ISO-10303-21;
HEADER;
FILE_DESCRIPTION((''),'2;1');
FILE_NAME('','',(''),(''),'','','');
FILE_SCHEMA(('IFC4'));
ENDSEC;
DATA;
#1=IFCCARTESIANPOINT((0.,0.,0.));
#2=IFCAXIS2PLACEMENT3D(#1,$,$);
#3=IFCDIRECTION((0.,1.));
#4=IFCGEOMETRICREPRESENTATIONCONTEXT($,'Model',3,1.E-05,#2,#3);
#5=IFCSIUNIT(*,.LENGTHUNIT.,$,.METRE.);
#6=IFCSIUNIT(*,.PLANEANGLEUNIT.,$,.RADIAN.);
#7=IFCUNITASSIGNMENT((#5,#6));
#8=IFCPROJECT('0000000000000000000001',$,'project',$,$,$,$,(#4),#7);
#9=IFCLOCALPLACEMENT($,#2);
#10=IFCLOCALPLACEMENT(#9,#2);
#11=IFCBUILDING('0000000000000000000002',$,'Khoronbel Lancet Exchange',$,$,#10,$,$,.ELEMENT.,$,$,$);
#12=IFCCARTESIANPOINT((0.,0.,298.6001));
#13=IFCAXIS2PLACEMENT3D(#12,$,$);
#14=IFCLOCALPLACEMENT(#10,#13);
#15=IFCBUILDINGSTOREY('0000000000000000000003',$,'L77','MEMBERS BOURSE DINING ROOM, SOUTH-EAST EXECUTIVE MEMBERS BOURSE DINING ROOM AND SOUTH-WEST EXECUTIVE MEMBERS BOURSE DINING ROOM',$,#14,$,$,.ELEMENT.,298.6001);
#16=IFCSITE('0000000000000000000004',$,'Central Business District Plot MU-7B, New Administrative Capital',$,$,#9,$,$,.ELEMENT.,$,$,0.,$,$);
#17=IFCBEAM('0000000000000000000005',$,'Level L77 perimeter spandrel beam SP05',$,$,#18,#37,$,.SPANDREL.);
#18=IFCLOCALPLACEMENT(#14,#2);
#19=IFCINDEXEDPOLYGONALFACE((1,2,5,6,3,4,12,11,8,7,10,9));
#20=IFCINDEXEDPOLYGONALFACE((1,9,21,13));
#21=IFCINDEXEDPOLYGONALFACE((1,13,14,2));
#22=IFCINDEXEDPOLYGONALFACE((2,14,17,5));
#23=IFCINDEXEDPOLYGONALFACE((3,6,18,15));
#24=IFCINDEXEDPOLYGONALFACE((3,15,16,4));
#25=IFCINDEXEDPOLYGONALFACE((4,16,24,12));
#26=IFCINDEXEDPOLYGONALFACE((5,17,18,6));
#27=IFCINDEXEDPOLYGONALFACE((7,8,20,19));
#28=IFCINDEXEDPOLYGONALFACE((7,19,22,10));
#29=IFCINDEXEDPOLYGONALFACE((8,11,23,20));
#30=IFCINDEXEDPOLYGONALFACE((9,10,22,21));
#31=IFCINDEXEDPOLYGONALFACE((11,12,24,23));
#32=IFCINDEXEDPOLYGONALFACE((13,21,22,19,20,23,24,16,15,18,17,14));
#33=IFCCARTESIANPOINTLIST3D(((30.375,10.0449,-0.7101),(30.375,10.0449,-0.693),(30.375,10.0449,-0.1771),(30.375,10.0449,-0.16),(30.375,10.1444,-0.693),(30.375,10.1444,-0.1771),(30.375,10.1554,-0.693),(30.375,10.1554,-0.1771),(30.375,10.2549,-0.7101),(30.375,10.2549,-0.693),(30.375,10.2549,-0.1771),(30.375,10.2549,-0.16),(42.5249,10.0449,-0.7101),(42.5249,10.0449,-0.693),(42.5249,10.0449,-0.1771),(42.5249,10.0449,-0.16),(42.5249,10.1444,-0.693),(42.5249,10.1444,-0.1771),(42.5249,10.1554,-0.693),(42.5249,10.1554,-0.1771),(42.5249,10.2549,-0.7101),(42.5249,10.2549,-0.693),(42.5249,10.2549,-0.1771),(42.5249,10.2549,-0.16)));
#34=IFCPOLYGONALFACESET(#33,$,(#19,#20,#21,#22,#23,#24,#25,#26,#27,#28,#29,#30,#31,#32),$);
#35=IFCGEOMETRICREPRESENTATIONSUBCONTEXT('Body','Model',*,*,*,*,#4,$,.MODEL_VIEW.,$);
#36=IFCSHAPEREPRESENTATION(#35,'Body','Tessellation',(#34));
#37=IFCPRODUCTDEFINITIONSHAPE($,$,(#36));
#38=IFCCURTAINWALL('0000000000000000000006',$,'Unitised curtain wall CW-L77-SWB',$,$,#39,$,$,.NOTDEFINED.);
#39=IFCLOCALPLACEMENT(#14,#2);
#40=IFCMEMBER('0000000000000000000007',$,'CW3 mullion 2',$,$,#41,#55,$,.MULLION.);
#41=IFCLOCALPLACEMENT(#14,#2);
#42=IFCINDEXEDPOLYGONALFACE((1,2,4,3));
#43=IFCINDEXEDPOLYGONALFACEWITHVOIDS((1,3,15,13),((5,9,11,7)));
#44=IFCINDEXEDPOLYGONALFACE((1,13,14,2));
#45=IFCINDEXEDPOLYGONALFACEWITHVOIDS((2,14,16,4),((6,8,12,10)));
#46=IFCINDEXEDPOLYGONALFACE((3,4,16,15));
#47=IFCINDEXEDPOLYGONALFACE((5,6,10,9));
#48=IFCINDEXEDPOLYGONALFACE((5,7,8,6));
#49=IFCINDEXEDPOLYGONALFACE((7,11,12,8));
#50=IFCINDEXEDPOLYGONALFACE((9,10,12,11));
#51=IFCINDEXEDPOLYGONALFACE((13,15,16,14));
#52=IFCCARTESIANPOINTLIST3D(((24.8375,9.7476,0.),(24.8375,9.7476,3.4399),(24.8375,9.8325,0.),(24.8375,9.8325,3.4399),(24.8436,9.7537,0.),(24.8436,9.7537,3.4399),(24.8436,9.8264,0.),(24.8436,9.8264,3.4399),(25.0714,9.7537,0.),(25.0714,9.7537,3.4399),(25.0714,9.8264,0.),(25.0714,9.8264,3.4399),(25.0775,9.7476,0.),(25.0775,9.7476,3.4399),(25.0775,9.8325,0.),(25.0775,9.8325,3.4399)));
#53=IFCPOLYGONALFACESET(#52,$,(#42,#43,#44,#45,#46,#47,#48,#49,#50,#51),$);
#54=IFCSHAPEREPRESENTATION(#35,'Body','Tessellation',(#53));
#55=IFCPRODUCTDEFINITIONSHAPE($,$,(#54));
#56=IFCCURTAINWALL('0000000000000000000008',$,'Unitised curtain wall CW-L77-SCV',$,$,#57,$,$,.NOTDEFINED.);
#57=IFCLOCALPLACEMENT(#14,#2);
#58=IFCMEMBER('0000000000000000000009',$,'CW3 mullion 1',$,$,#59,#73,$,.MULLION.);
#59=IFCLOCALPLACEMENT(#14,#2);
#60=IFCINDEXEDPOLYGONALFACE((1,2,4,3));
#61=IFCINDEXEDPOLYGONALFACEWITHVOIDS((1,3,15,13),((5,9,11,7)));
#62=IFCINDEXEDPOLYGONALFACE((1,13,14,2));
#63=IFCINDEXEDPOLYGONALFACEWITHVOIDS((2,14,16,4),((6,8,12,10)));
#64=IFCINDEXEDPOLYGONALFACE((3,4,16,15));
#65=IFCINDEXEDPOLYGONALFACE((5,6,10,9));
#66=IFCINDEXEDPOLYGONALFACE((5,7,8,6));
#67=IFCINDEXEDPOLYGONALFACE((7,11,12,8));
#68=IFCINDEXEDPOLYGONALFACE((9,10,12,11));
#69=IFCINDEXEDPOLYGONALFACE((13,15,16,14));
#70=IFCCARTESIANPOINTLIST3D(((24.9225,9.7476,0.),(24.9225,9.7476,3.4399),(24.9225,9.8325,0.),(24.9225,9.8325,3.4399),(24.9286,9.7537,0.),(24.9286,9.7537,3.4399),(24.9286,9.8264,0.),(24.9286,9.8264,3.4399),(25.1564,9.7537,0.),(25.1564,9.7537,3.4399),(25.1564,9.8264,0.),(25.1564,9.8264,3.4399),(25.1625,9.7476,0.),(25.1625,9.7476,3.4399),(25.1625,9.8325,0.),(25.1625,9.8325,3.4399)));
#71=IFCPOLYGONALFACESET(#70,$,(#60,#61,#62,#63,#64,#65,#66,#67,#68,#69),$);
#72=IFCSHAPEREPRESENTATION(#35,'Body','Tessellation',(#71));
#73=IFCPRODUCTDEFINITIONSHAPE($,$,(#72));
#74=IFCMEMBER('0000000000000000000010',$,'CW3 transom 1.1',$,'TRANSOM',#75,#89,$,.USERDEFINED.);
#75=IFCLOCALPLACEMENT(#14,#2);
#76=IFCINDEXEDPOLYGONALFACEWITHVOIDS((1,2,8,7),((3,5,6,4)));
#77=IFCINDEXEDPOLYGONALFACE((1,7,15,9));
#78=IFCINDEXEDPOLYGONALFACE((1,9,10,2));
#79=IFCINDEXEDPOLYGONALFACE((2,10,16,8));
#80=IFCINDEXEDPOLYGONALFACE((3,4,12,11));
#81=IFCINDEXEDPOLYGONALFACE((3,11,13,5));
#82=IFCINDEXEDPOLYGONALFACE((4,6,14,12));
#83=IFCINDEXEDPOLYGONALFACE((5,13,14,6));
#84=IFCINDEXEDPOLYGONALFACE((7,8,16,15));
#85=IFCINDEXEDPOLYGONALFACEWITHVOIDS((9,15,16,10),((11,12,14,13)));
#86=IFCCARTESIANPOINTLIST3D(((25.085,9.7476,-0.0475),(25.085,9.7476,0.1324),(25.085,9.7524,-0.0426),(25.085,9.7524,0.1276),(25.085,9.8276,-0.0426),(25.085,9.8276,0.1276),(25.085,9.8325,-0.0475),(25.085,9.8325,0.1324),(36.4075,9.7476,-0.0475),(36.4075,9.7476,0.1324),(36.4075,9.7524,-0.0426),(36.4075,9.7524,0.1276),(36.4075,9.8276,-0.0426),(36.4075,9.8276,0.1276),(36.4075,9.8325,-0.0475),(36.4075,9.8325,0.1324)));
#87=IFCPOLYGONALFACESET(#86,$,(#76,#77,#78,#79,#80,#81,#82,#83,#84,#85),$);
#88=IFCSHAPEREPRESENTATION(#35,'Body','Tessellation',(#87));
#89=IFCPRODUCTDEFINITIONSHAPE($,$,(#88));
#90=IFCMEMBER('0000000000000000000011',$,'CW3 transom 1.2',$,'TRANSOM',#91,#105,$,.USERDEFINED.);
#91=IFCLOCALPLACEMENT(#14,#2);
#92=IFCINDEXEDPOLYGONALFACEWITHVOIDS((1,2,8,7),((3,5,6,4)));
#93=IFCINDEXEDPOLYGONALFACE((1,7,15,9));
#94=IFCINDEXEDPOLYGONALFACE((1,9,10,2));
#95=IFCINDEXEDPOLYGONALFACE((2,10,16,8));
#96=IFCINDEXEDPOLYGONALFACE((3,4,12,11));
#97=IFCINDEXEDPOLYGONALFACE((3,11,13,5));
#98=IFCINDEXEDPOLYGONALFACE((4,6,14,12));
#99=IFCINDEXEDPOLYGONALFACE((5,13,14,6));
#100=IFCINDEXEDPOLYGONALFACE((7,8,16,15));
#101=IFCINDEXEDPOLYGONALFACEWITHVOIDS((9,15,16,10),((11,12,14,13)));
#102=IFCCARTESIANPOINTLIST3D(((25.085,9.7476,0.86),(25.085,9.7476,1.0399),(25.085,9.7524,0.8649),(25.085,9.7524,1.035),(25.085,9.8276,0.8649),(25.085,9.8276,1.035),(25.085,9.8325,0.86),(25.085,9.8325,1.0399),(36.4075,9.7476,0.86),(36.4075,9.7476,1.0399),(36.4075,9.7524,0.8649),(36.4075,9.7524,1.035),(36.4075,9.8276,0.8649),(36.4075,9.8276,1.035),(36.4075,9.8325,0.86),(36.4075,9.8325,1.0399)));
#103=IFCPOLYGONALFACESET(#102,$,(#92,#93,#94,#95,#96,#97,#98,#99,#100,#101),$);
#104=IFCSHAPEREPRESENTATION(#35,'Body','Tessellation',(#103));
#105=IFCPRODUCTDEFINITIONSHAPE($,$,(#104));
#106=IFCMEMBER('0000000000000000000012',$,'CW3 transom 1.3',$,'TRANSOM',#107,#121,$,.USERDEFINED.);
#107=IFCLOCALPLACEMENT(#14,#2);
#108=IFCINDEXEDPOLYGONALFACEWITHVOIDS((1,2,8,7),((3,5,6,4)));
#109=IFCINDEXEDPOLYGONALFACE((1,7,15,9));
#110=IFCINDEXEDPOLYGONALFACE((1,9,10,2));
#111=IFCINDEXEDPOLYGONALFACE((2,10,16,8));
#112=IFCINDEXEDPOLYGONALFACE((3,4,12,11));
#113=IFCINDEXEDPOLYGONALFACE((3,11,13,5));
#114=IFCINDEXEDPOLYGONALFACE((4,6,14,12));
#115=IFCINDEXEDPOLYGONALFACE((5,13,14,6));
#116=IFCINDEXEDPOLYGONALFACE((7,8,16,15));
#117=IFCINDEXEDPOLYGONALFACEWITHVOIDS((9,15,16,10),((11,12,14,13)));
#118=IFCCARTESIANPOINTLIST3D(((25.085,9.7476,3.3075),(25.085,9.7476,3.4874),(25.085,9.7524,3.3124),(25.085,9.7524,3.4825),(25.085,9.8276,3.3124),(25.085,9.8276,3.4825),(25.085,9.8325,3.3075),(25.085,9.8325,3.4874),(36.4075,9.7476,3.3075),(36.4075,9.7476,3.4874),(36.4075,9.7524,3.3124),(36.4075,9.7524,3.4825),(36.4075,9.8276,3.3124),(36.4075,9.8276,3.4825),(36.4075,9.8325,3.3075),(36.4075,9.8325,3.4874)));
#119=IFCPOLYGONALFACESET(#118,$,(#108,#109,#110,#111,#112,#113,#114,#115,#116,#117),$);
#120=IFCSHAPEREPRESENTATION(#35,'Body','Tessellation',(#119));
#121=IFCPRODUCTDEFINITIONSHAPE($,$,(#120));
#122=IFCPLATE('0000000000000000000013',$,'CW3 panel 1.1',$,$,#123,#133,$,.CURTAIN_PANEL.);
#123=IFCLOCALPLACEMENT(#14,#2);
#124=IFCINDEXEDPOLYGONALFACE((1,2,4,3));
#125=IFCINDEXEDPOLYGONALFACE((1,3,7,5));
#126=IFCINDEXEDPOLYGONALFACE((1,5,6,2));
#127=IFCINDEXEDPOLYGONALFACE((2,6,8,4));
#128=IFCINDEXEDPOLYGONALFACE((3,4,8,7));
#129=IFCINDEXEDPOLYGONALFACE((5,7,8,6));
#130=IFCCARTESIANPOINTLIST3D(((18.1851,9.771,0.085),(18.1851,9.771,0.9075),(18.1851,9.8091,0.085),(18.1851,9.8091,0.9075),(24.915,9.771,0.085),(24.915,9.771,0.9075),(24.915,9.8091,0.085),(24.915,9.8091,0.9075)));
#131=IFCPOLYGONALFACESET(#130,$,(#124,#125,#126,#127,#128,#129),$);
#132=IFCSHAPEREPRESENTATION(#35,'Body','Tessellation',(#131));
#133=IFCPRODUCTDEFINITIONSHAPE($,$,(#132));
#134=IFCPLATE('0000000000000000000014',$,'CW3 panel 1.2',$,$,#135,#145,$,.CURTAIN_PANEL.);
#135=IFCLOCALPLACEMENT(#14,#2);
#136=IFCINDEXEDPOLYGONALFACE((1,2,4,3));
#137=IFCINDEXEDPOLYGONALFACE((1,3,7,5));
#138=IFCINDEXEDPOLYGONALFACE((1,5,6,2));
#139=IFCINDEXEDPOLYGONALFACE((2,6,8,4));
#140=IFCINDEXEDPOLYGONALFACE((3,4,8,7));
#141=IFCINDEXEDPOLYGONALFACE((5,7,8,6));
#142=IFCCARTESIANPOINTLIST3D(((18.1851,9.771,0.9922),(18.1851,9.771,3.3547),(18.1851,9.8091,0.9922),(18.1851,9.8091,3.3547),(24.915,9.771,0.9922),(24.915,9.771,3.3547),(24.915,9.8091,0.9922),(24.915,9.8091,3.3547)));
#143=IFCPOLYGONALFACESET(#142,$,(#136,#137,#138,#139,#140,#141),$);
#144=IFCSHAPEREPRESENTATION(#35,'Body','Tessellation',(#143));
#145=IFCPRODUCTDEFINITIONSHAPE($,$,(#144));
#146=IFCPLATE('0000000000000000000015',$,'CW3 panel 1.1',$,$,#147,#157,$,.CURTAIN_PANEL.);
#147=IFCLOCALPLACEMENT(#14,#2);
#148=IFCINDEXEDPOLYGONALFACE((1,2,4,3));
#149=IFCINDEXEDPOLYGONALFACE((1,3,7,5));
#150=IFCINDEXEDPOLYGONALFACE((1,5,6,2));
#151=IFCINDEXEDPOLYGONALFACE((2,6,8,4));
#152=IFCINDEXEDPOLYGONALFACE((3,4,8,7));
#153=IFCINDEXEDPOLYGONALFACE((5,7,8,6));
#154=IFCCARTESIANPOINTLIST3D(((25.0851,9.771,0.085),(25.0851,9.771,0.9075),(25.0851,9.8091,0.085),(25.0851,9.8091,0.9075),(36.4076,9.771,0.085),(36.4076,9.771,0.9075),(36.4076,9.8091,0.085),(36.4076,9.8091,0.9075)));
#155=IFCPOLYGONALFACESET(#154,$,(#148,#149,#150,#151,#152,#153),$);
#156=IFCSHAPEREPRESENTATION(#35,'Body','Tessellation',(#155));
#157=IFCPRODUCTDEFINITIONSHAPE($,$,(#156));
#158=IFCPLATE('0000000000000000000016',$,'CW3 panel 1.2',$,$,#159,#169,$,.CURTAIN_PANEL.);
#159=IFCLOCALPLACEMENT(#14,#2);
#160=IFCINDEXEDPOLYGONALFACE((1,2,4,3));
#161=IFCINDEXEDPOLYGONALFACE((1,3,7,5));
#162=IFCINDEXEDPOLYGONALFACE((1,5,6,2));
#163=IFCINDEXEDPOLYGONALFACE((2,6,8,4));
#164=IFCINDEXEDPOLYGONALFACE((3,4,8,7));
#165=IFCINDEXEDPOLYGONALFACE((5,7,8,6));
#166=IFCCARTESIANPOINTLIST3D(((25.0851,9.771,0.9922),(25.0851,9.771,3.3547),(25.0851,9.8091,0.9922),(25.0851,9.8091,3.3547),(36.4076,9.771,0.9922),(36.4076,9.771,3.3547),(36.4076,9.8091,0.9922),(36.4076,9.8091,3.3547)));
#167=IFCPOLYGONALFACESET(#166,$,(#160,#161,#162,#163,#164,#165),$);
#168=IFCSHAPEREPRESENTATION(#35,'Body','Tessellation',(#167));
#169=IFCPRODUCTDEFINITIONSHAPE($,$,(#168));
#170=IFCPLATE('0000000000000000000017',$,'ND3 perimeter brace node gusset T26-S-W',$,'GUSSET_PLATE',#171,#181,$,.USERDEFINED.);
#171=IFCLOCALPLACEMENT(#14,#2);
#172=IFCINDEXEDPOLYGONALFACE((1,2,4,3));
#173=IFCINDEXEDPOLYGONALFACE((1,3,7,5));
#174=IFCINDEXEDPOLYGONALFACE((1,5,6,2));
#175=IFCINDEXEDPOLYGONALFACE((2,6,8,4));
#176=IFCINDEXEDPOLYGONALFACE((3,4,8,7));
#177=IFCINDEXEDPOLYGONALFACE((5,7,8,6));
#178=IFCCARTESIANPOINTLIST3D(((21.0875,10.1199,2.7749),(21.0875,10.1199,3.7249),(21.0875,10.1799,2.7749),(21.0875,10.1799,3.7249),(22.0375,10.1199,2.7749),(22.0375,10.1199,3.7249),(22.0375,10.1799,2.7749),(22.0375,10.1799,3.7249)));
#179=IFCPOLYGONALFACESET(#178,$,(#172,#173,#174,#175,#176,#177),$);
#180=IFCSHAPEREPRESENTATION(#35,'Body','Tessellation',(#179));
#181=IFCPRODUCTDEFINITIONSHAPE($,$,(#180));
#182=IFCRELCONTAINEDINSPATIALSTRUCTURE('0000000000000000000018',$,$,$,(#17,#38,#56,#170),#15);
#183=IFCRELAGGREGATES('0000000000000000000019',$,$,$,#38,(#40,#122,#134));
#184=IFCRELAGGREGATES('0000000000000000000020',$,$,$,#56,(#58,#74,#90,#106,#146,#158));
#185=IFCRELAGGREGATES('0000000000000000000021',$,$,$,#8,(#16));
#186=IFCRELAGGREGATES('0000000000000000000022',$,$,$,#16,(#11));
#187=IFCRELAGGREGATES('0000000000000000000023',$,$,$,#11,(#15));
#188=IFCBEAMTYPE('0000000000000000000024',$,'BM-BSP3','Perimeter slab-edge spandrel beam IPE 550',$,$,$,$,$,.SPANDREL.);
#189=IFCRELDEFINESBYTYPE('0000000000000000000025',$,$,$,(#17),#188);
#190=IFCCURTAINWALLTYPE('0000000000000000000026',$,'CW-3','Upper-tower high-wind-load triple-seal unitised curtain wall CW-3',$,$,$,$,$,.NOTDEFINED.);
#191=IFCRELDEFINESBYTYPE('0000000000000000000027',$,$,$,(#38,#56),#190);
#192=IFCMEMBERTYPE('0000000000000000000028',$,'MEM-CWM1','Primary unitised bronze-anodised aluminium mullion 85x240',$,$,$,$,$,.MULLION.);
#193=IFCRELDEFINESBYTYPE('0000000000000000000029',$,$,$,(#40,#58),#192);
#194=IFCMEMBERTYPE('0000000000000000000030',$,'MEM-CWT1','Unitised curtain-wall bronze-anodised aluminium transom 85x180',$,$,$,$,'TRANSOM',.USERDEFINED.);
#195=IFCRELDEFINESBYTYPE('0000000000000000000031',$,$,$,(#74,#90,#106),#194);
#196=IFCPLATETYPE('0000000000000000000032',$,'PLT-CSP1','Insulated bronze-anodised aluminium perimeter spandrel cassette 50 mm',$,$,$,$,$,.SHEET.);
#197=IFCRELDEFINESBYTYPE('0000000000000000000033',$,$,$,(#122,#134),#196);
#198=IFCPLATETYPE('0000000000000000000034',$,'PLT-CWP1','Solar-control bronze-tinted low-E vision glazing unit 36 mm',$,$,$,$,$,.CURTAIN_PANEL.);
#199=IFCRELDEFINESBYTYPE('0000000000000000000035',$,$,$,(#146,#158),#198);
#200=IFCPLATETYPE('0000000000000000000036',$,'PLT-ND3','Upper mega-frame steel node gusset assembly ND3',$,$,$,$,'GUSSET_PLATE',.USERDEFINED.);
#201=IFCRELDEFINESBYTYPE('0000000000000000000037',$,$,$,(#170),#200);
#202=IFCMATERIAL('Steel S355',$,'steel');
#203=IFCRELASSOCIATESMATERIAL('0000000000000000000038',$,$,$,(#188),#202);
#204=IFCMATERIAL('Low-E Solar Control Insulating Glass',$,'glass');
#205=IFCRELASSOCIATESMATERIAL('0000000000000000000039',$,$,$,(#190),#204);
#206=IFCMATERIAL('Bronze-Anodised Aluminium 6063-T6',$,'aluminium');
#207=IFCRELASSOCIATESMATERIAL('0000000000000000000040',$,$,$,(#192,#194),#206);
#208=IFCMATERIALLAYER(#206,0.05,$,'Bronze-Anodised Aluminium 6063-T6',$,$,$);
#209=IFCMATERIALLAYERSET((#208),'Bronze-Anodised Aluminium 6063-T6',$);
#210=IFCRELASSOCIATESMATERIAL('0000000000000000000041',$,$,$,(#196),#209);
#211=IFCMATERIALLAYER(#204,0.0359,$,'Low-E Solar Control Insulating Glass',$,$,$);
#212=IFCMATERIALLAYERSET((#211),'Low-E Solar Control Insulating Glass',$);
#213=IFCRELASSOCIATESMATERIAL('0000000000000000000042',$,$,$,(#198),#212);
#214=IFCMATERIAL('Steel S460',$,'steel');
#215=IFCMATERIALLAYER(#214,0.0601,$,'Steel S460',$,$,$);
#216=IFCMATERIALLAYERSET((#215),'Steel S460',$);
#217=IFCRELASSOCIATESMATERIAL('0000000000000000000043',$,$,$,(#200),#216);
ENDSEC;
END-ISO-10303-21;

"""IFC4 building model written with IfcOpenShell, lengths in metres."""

from ifc_helpers import new_model, si_unit, direction, frame, origin, origin_2d, place, context, subcontext, project, spatial, rectangle, hollow_rectangle, i_section, extrude, material, layer, layer_set, material_profile, profile_set, type_object, element, aggregate, save


model = new_model("IFC4")

# Units and contexts
model_context = context("Model", 3, precision=1e-05, world=origin(), true_north=direction((0.0, 1.0)))
body_context = subcontext(model_context, "Body", "Model", "MODEL_VIEW")
ifc_project = project(units=[si_unit("LENGTHUNIT", "METRE"), si_unit("PLANEANGLEUNIT", "RADIAN")], contexts=[model_context])

# Site, building, storey
site_placement = place(None, origin())
site = spatial("IfcSite", under=ifc_project, at=site_placement, Name="Central Business District Plot MU-7B, New Administrative Capital", CompositionType="ELEMENT", RefElevation=0.0)
building_placement = place(site_placement, origin())
building = spatial("IfcBuilding", under=site, at=building_placement, Name="Khoronbel Lancet Exchange", CompositionType="ELEMENT")
storey_placement = place(building_placement, frame((0.0, 0.0, 298.6001)))
storey = spatial("IfcBuildingStorey", under=building, at=storey_placement, Name="L77", Description="MEMBERS BOURSE DINING ROOM, SOUTH-EAST EXECUTIVE MEMBERS BOURSE DINING ROOM AND SOUTH-WEST EXECUTIVE MEMBERS BOURSE DINING ROOM", CompositionType="ELEMENT", Elevation=298.6001)

# Shared definitions
ifc_material_1 = material(Name="Steel S460", Category="steel")

# Beam
ifc_material_2 = material(Name="Steel S355", Category="steel")
ifc_material_profile_1 = material_profile(ifc_material_2, i_section(OverallWidth=0.21, OverallDepth=0.55, WebThickness=0.011, FlangeThickness=0.0171, at=origin_2d()), Name="IPE 550")
ifc_profile_set_1 = profile_set([ifc_material_profile_1], Name="Steel S355")
beam_type_1 = type_object("IfcBeamType", Name="BM-BSP3", Description="Perimeter slab-edge spandrel beam IPE 550", PredefinedType="SPANDREL", material=ifc_profile_set_1)
beam_1_placement = place(storey_placement, frame((30.375, 10.1499, -0.4351), z_axis=(1.0, 0.0, 0.0), x_axis=(0.0, 1.0, 0.0)))
element("IfcBeam", 1, at=beam_1_placement, inside=storey, type_object=beam_type_1, Name="Level L77 perimeter spandrel beam SP05", PredefinedType="SPANDREL", context=body_context, shape_type="SweptSolid", body=[
    extrude(i_section(OverallWidth=0.21, OverallDepth=0.55, WebThickness=0.011, FlangeThickness=0.0171, at=origin_2d()), origin(), (0.0, 0.0, 1.0), 12.1499),
])

# Curtain wall, member
ifc_material_3 = material(Name="Low-E Solar Control Insulating Glass", Category="glass")
curtain_wall_type = type_object("IfcCurtainWallType", Name="CW-3", Description="Upper-tower high-wind-load triple-seal unitised curtain wall CW-3", PredefinedType="NOTDEFINED", material=ifc_material_3)
curtain_wall_1_placement = place(storey_placement, origin())
curtain_wall_1 = element("IfcCurtainWall", 2, at=curtain_wall_1_placement, inside=storey, type_object=curtain_wall_type, Name="Unitised curtain wall CW-L77-SWB", PredefinedType="NOTDEFINED")
ifc_material_4 = material(Name="Bronze-Anodised Aluminium 6063-T6", Category="aluminium")
ifc_material_profile_2 = material_profile(ifc_material_4, hollow_rectangle(XDim=0.085, YDim=0.24, WallThickness=0.0061, at=origin_2d()), Name="ALU MULLION 85x240")
ifc_profile_set_2 = profile_set([ifc_material_profile_2], Name="Bronze-Anodised Aluminium 6063-T6")
member_type_1 = type_object("IfcMemberType", Name="MEM-CWM1", Description="Primary unitised bronze-anodised aluminium mullion 85x240", PredefinedType="MULLION", material=ifc_profile_set_2)
member_1_placement = place(storey_placement, frame((24.9575, 9.79, 0.0), z_axis=(0.0, 0.0, 1.0), x_axis=(0.0, 1.0, 0.0)))
member_1 = element("IfcMember", 3, at=member_1_placement, type_object=member_type_1, Name="CW3 mullion 2", PredefinedType="MULLION", context=body_context, shape_type="SweptSolid", body=[
    extrude(hollow_rectangle(XDim=0.085, YDim=0.24, WallThickness=0.0061, at=origin_2d()), origin(), (0.0, 0.0, 1.0), 3.4399),
])

# Curtain wall, members
curtain_wall_2_placement = place(storey_placement, origin())
curtain_wall_2 = element("IfcCurtainWall", 4, at=curtain_wall_2_placement, inside=storey, type_object=curtain_wall_type, Name="Unitised curtain wall CW-L77-SCV", PredefinedType="NOTDEFINED")
member_2_placement = place(storey_placement, frame((25.0425, 9.79, 0.0), z_axis=(0.0, 0.0, 1.0), x_axis=(0.0, 1.0, 0.0)))
member_2 = element("IfcMember", 5, at=member_2_placement, type_object=member_type_1, Name="CW3 mullion 1", PredefinedType="MULLION", context=body_context, shape_type="SweptSolid", body=[
    extrude(hollow_rectangle(XDim=0.085, YDim=0.24, WallThickness=0.0061, at=origin_2d()), origin(), (0.0, 0.0, 1.0), 3.4399),
])
ifc_material_profile_3 = material_profile(ifc_material_4, hollow_rectangle(XDim=0.085, YDim=0.1799, WallThickness=0.0049, at=origin_2d()), Name="ALU TRANSOM 85x180")
ifc_profile_set_3 = profile_set([ifc_material_profile_3], Name="Bronze-Anodised Aluminium 6063-T6")
member_type_2 = type_object("IfcMemberType", Name="MEM-CWT1", Description="Unitised curtain-wall bronze-anodised aluminium transom 85x180", ElementType="TRANSOM", PredefinedType="USERDEFINED", material=ifc_profile_set_3)
member_3_placement = place(storey_placement, frame((25.085, 9.79, 0.0425), z_axis=(1.0, 0.0, 0.0), x_axis=(0.0, 1.0, 0.0)))
member_3 = element("IfcMember", 6, at=member_3_placement, type_object=member_type_2, Name="CW3 transom 1.1", ObjectType="TRANSOM", PredefinedType="USERDEFINED", context=body_context, shape_type="SweptSolid", body=[
    extrude(hollow_rectangle(XDim=0.085, YDim=0.1799, WallThickness=0.0049, at=origin_2d()), origin(), (0.0, 0.0, 1.0), 11.3225),
])
member_4_placement = place(storey_placement, frame((25.085, 9.79, 0.95), z_axis=(1.0, 0.0, 0.0), x_axis=(0.0, 1.0, 0.0)))
member_4 = element("IfcMember", 7, at=member_4_placement, type_object=member_type_2, Name="CW3 transom 1.2", ObjectType="TRANSOM", PredefinedType="USERDEFINED", context=body_context, shape_type="SweptSolid", body=[
    extrude(hollow_rectangle(XDim=0.085, YDim=0.1799, WallThickness=0.0049, at=origin_2d()), origin(), (0.0, 0.0, 1.0), 11.3225),
])
member_5_placement = place(storey_placement, frame((25.085, 9.79, 3.3975), z_axis=(1.0, 0.0, 0.0), x_axis=(0.0, 1.0, 0.0)))
member_5 = element("IfcMember", 8, at=member_5_placement, type_object=member_type_2, Name="CW3 transom 1.3", ObjectType="TRANSOM", PredefinedType="USERDEFINED", context=body_context, shape_type="SweptSolid", body=[
    extrude(hollow_rectangle(XDim=0.085, YDim=0.1799, WallThickness=0.0049, at=origin_2d()), origin(), (0.0, 0.0, 1.0), 11.3225),
])

# Plates
ifc_layer_1 = layer(ifc_material_4, 0.05, Name="Bronze-Anodised Aluminium 6063-T6")
ifc_layer_set_1 = layer_set([ifc_layer_1], Name="Bronze-Anodised Aluminium 6063-T6")
plate_type_1 = type_object("IfcPlateType", Name="PLT-CSP1", Description="Insulated bronze-anodised aluminium perimeter spandrel cassette 50 mm", PredefinedType="SHEET", material=ifc_layer_set_1)
plate_1_placement = place(storey_placement, frame((21.55, 9.79, 0.085), z_axis=(0.0, 0.0, 1.0), x_axis=(1.0, 0.0, 0.0)))
plate_1 = element("IfcPlate", 9, at=plate_1_placement, type_object=plate_type_1, Name="CW3 panel 1.1", PredefinedType="CURTAIN_PANEL", context=body_context, shape_type="SweptSolid", body=[
    extrude(rectangle(XDim=6.73, YDim=0.0381, at=origin_2d()), origin(), (0.0, 0.0, 1.0), 0.8225),
])
plate_2_placement = place(storey_placement, frame((21.55, 9.79, 0.9922), z_axis=(0.0, 0.0, 1.0), x_axis=(1.0, 0.0, 0.0)))
plate_2 = element("IfcPlate", 10, at=plate_2_placement, type_object=plate_type_1, Name="CW3 panel 1.2", PredefinedType="CURTAIN_PANEL", context=body_context, shape_type="SweptSolid", body=[
    extrude(rectangle(XDim=6.73, YDim=0.0381, at=origin_2d()), origin(), (0.0, 0.0, 1.0), 2.3625),
])
aggregate(curtain_wall_1, [member_1, plate_1, plate_2])
ifc_layer_2 = layer(ifc_material_3, 0.0359, Name="Low-E Solar Control Insulating Glass")
ifc_layer_set_2 = layer_set([ifc_layer_2], Name="Low-E Solar Control Insulating Glass")
plate_type_2 = type_object("IfcPlateType", Name="PLT-CWP1", Description="Solar-control bronze-tinted low-E vision glazing unit 36 mm", PredefinedType="CURTAIN_PANEL", material=ifc_layer_set_2)
plate_3_placement = place(storey_placement, frame((30.7463, 9.79, 0.085), z_axis=(0.0, 0.0, 1.0), x_axis=(1.0, 0.0, 0.0)))
plate_3 = element("IfcPlate", 11, at=plate_3_placement, type_object=plate_type_2, Name="CW3 panel 1.1", PredefinedType="CURTAIN_PANEL", context=body_context, shape_type="SweptSolid", body=[
    extrude(rectangle(XDim=11.3225, YDim=0.0381, at=origin_2d()), origin(), (0.0, 0.0, 1.0), 0.8225),
])
plate_4_placement = place(storey_placement, frame((30.7463, 9.79, 0.9922), z_axis=(0.0, 0.0, 1.0), x_axis=(1.0, 0.0, 0.0)))
plate_4 = element("IfcPlate", 12, at=plate_4_placement, type_object=plate_type_2, Name="CW3 panel 1.2", PredefinedType="CURTAIN_PANEL", context=body_context, shape_type="SweptSolid", body=[
    extrude(rectangle(XDim=11.3225, YDim=0.0381, at=origin_2d()), origin(), (0.0, 0.0, 1.0), 2.3625),
])
aggregate(curtain_wall_2, [member_2, member_3, member_4, member_5, plate_3, plate_4])
ifc_layer_3 = layer(ifc_material_1, 0.0601, Name="Steel S460")
ifc_layer_set_3 = layer_set([ifc_layer_3], Name="Steel S460")
plate_type_3 = type_object("IfcPlateType", Name="PLT-ND3", Description="Upper mega-frame steel node gusset assembly ND3", ElementType="GUSSET_PLATE", PredefinedType="USERDEFINED", material=ifc_layer_set_3)
plate_5_placement = place(storey_placement, frame((21.5625, 10.1499, 2.7749), z_axis=(0.0, 0.0, 1.0), x_axis=(1.0, 0.0, 0.0)))
element("IfcPlate", 13, at=plate_5_placement, inside=storey, type_object=plate_type_3, Name="ND3 perimeter brace node gusset T26-S-W", ObjectType="GUSSET_PLATE", PredefinedType="USERDEFINED", context=body_context, shape_type="SweptSolid", body=[
    extrude(rectangle(XDim=0.95, YDim=0.0601, at=origin_2d()), origin(), (0.0, 0.0, 1.0), 0.95),
])

save(model, "model.ifc")
